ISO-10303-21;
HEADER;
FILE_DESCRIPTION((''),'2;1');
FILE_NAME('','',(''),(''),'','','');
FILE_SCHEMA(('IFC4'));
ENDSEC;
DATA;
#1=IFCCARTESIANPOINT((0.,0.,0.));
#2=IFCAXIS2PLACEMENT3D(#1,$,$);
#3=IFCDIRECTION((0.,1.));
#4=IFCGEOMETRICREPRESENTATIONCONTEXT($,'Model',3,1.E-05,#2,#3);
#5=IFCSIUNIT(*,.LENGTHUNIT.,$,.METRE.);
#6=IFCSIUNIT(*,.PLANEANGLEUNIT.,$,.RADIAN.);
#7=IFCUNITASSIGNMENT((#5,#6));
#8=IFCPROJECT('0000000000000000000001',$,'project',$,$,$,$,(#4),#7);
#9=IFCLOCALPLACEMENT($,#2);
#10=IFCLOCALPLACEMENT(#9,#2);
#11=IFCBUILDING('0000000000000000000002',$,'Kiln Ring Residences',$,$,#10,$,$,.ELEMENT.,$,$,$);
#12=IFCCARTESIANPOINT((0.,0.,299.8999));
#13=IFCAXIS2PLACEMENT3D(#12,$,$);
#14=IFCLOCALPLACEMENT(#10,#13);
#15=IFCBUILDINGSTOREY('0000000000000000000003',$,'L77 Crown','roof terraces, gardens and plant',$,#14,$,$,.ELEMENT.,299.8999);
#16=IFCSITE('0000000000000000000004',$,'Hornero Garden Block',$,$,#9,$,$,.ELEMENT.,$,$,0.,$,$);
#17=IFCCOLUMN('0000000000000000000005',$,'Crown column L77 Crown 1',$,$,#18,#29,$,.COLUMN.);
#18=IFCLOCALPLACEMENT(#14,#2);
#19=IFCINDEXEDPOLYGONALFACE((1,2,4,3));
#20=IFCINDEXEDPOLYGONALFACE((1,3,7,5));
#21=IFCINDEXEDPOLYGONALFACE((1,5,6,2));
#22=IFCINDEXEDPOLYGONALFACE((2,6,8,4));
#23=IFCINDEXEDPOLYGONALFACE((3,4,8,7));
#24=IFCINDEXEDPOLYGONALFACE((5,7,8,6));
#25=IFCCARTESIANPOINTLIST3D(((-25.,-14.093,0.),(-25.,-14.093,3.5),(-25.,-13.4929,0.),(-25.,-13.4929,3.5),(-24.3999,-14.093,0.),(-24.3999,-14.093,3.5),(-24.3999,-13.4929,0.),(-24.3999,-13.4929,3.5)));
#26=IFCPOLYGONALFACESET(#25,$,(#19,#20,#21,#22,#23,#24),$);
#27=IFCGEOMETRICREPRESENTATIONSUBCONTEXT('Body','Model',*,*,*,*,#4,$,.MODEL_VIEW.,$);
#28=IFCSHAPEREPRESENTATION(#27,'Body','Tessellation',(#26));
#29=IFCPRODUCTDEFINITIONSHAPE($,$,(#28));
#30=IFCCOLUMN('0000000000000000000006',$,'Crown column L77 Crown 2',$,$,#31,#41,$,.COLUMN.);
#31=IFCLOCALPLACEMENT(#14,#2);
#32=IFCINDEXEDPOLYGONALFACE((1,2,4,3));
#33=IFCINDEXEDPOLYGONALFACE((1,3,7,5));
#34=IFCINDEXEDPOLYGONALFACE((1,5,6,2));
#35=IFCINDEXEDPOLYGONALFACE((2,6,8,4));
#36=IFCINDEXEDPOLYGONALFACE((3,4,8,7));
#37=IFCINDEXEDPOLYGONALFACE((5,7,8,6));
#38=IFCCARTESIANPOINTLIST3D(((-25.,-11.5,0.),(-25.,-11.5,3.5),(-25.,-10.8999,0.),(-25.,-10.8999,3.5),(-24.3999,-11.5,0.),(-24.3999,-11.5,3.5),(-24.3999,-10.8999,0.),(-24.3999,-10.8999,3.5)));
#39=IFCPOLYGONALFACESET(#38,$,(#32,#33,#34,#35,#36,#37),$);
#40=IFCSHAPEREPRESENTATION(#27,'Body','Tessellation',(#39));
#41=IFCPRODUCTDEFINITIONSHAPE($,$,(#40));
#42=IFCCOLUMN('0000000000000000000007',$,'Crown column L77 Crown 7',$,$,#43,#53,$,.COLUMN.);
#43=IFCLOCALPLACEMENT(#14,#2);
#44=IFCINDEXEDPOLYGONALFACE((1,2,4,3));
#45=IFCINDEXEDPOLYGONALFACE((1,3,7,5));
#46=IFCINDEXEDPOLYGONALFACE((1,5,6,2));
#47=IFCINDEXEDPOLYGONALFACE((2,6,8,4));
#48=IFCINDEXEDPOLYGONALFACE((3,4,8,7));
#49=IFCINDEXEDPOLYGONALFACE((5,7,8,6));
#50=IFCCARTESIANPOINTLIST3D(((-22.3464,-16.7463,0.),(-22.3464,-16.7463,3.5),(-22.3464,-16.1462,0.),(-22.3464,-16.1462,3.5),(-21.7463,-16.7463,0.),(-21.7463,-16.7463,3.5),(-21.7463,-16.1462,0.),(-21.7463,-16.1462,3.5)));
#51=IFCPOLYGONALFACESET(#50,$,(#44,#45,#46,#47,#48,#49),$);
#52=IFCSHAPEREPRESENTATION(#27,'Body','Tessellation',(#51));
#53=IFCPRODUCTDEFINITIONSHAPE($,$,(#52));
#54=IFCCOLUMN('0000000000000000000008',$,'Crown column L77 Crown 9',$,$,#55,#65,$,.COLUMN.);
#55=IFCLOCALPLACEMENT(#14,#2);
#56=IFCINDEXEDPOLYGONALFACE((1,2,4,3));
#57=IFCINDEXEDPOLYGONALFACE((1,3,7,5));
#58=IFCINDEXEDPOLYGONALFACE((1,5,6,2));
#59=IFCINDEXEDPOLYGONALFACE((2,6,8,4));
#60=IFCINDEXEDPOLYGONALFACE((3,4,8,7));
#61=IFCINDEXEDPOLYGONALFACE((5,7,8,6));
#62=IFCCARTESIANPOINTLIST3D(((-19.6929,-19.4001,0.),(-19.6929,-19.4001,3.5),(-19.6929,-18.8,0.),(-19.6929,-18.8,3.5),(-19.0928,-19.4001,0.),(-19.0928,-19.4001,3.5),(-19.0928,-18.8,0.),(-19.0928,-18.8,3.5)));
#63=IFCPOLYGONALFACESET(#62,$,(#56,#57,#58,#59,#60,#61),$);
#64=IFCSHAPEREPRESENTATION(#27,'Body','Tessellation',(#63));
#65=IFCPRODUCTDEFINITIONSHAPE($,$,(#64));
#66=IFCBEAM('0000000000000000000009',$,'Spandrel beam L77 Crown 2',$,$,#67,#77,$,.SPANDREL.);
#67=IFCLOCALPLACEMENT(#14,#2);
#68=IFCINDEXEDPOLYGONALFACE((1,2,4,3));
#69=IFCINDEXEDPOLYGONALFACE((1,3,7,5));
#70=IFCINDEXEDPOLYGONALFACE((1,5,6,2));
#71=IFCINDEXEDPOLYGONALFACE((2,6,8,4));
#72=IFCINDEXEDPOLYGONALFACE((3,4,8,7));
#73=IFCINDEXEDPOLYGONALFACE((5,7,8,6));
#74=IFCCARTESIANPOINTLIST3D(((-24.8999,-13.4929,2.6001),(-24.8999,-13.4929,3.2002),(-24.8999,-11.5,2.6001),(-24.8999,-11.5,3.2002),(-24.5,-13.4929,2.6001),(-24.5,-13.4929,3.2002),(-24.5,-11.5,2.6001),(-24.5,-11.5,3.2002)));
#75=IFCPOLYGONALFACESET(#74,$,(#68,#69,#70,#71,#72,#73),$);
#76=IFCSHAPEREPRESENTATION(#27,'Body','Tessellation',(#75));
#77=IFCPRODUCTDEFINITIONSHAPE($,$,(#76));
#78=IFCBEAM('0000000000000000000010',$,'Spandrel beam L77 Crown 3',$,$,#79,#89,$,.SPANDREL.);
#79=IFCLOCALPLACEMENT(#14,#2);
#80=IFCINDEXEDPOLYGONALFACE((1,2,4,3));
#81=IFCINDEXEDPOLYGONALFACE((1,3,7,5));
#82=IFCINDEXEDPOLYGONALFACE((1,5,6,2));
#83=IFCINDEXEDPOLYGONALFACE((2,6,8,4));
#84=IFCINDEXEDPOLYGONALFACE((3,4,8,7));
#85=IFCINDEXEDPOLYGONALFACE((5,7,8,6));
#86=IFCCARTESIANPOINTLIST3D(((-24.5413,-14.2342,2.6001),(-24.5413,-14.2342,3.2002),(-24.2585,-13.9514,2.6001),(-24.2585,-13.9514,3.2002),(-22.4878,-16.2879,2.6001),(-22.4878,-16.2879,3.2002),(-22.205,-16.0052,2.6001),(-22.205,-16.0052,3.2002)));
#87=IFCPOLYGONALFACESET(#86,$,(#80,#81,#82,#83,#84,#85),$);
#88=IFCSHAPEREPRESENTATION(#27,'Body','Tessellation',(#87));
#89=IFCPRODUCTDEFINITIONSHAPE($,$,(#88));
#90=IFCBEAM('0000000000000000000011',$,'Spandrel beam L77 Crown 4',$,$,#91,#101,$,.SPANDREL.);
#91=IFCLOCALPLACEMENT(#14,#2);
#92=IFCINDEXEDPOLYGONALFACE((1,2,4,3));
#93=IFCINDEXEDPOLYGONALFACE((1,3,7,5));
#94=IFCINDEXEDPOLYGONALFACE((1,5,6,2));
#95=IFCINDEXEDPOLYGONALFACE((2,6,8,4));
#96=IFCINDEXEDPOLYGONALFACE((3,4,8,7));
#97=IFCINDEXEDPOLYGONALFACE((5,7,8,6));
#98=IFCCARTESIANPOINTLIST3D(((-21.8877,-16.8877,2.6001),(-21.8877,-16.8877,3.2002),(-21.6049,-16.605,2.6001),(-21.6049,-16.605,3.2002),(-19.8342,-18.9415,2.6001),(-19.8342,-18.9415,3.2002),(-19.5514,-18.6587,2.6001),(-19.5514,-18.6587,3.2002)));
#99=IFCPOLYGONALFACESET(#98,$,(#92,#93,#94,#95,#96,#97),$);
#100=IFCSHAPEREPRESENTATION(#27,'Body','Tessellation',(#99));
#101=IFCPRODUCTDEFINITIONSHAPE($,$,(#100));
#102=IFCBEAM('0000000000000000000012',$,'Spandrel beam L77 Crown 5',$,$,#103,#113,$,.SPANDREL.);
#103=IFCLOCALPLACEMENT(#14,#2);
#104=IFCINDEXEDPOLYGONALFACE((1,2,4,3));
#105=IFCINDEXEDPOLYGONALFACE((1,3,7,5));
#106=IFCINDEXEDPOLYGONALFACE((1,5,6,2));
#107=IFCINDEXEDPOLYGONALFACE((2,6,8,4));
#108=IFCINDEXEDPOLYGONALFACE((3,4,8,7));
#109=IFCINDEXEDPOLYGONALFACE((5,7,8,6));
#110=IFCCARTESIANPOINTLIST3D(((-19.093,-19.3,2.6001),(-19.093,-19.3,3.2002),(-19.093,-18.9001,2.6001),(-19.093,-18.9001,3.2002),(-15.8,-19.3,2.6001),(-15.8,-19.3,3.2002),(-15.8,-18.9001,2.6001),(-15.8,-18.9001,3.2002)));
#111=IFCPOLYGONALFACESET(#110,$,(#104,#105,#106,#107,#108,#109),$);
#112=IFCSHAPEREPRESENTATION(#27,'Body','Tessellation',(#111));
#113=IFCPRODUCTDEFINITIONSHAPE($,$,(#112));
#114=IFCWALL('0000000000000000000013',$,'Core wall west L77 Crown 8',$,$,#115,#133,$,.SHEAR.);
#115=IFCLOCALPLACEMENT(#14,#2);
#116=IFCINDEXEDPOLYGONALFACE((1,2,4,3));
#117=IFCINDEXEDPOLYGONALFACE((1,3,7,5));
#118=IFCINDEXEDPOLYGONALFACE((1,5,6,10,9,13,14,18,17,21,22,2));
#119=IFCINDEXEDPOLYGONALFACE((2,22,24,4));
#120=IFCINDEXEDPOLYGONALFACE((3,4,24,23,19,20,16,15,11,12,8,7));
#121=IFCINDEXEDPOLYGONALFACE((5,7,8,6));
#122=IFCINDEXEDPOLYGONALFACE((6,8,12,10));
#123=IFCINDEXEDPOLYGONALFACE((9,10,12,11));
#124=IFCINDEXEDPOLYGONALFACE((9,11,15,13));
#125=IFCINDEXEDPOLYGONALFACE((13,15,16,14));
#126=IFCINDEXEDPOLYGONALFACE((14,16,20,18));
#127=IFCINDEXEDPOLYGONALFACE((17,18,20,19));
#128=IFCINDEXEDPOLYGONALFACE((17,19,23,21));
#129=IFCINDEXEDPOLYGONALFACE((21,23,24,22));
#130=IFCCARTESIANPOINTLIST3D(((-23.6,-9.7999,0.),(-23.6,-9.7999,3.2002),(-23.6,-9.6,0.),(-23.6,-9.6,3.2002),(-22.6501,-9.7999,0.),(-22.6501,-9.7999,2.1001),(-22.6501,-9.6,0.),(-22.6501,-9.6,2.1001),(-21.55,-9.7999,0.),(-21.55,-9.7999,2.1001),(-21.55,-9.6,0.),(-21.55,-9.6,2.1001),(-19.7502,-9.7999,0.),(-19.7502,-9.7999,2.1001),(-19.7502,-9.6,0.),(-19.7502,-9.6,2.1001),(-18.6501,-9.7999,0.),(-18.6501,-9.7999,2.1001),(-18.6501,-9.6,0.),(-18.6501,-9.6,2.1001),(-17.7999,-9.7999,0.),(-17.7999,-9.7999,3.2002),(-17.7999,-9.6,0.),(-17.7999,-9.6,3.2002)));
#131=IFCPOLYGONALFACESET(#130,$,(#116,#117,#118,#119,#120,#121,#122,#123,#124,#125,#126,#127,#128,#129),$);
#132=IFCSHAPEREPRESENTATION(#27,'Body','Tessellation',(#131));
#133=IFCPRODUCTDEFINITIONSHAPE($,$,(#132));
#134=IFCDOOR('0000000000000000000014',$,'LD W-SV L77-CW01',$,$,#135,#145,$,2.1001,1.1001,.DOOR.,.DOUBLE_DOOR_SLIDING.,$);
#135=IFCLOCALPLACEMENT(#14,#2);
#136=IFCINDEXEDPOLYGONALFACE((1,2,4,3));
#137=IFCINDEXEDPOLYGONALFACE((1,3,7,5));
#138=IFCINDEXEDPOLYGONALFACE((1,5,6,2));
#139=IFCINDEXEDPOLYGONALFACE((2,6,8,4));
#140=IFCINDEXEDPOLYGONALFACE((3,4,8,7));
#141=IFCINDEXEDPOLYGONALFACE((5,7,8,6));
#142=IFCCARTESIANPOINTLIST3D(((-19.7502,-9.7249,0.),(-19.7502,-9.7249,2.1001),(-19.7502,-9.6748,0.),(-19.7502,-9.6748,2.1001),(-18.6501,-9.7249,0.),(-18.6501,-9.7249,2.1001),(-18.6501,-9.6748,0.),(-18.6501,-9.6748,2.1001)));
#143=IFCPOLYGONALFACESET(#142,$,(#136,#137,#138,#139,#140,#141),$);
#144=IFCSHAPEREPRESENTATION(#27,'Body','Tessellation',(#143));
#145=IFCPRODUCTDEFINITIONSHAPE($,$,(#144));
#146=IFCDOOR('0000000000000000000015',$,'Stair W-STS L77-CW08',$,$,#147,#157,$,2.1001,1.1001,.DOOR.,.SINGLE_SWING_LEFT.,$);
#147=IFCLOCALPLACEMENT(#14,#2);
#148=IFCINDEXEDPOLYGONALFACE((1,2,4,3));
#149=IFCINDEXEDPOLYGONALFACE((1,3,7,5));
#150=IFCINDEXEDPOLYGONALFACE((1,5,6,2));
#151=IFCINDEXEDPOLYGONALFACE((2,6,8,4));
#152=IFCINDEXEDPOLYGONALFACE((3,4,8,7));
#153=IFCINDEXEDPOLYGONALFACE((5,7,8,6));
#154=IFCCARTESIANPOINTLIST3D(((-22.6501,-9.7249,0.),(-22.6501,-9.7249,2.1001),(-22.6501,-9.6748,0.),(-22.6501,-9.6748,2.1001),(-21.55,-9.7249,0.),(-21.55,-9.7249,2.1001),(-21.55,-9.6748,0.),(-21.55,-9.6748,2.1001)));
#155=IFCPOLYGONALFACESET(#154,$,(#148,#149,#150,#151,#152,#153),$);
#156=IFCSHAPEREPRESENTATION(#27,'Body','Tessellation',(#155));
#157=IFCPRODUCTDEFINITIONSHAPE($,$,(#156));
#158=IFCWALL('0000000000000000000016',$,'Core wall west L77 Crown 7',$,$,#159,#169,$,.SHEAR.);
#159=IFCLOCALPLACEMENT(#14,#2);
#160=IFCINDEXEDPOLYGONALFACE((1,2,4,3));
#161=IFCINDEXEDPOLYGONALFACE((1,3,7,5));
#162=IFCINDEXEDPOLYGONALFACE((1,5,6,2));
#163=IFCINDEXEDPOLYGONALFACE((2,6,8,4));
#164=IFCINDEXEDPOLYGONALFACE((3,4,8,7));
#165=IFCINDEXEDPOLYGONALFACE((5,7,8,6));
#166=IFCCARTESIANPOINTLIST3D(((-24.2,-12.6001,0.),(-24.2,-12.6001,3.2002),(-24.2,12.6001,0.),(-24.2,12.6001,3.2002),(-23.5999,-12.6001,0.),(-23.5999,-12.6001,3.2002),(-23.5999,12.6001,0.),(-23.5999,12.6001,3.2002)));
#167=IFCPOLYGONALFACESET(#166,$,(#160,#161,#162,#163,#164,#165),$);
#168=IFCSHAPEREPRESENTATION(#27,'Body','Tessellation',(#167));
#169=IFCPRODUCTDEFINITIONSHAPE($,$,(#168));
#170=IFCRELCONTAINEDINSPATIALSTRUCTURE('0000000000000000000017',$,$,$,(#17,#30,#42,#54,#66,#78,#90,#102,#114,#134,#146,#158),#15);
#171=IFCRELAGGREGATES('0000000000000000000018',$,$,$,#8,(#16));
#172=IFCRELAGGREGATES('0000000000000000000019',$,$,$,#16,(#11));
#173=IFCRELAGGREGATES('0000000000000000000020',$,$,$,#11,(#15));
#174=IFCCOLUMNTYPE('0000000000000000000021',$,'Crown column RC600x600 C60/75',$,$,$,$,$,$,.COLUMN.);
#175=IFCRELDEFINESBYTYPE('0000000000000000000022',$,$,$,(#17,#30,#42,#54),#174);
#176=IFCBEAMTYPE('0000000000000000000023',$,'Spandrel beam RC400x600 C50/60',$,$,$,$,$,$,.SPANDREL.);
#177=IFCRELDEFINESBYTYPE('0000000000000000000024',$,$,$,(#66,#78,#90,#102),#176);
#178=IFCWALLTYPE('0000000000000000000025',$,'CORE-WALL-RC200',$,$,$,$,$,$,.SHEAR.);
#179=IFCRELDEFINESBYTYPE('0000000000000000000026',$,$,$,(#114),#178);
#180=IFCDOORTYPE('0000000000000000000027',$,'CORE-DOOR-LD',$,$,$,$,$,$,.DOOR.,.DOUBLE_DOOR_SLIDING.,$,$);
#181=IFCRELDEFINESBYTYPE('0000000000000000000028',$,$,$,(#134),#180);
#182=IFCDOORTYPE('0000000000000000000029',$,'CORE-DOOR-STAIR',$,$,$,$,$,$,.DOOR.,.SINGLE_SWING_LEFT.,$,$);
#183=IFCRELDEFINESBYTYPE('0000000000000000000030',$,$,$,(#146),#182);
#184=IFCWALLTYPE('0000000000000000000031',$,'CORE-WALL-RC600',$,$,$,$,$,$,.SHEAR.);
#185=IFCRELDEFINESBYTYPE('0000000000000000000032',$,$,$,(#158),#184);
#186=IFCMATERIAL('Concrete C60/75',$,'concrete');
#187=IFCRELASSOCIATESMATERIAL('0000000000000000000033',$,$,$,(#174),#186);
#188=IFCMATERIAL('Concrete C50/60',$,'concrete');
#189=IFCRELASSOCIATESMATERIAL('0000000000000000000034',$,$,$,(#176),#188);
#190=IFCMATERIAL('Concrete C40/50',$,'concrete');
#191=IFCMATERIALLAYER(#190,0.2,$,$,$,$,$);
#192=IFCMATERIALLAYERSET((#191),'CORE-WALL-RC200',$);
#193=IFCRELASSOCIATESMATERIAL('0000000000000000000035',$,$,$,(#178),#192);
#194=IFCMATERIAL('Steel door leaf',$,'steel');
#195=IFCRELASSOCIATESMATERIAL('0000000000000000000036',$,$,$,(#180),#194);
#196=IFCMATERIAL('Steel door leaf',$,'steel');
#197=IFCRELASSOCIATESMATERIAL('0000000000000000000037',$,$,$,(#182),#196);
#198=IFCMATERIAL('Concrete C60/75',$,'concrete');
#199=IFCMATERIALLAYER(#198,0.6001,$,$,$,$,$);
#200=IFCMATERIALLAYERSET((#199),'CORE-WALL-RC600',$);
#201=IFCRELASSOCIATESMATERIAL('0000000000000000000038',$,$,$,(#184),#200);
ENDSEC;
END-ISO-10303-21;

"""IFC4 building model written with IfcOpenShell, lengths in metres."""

from ifc_helpers import new_model, si_unit, direction, frame, frame_2d, origin, origin_2d, place, context, subcontext, project, spatial, rectangle, extrude, material, layer, layer_set, material_profile, profile_set, type_object, element, fill, save


model = new_model("IFC4")

# Units and contexts
model_context = context("Model", 3, precision=1e-05, world=origin(), true_north=direction((0.0, 1.0)))
body_context = subcontext(model_context, "Body", "Model", "MODEL_VIEW")
ifc_project = project(units=[si_unit("LENGTHUNIT", "METRE"), si_unit("PLANEANGLEUNIT", "RADIAN")], contexts=[model_context])

# Site, building, storey
site_placement = place(None, origin())
site = spatial("IfcSite", under=ifc_project, at=site_placement, Name="Hornero Garden Block", CompositionType="ELEMENT", RefElevation=0.0)
building_placement = place(site_placement, origin())
building = spatial("IfcBuilding", under=site, at=building_placement, Name="Kiln Ring Residences", CompositionType="ELEMENT")
storey_placement = place(building_placement, frame((0.0, 0.0, 299.8999)))
storey = spatial("IfcBuildingStorey", under=building, at=storey_placement, Name="L77 Crown", Description="roof terraces, gardens and plant", CompositionType="ELEMENT", Elevation=299.8999)

# Columns
ifc_material_1 = material(Name="Concrete C60/75", Category="concrete")
ifc_material_profile_1 = material_profile(ifc_material_1, rectangle(XDim=0.6001, YDim=0.6001, at=origin_2d()), Name="RC600x600")
ifc_profile_set_1 = profile_set([ifc_material_profile_1], Name="Concrete C60/75")
column_type = type_object("IfcColumnType", Name="Crown column RC600x600 C60/75", PredefinedType="COLUMN", material=ifc_profile_set_1)
for number, where, z_axis, x_axis, name in (
    (1, (-24.7, -13.793, 0.0), (0.0, 0.0, 1.0), (1.0, 0.0, 0.0), "Crown column L77 Crown 1"),
    (2, (-24.7, -11.2, 0.0), (0.0, 0.0, 1.0), (1.0, 0.0, 0.0), "Crown column L77 Crown 2"),
    (3, (-22.0464, -16.4463, 0.0), (0.0, 0.0, 1.0), (1.0, 0.0, 0.0), "Crown column L77 Crown 7"),
    (4, (-19.3928, -19.1001, 0.0), (0.0, 0.0, 1.0), (1.0, 0.0, 0.0), "Crown column L77 Crown 9"),
):
    element("IfcColumn", number, at=place(storey_placement, frame(where, z_axis=z_axis, x_axis=x_axis)), inside=storey, type_object=column_type, Name=name, PredefinedType="COLUMN", context=body_context, shape_type="SweptSolid", body=[
        extrude(rectangle(XDim=0.6001, YDim=0.6001, at=origin_2d()), origin(), (0.0, 0.0, 1.0), 3.5),
    ])

# Beams
ifc_material_2 = material(Name="Concrete C50/60", Category="concrete")
ifc_material_profile_2 = material_profile(ifc_material_2, rectangle(XDim=0.3999, YDim=0.6001, at=origin_2d()), Name="RC400x600")
ifc_profile_set_2 = profile_set([ifc_material_profile_2], Name="Concrete C50/60")
beam_type = type_object("IfcBeamType", Name="Spandrel beam RC400x600 C50/60", PredefinedType="SPANDREL", material=ifc_profile_set_2)
beam_1_placement = place(storey_placement, frame((-24.7, -11.5, 2.9001), z_axis=(0.0, -1.0, 0.0), x_axis=(1.0, 0.0, 0.0)))
element("IfcBeam", 5, at=beam_1_placement, inside=storey, type_object=beam_type, Name="Spandrel beam L77 Crown 2", PredefinedType="SPANDREL", context=body_context, shape_type="SweptSolid", body=[
    extrude(rectangle(XDim=0.3999, YDim=0.6001, at=origin_2d()), origin(), (0.0, 0.0, 1.0), 1.9929),
])
for number, where, z_axis, x_axis, name in (
    (6, (-24.3999, -14.0928, 2.9001), (0.707065, -0.707149, 0.0), (0.707149, 0.707065, 0.0), "Spandrel beam L77 Crown 3"),
    (7, (-21.7463, -16.7463, 2.9001), (0.707065, -0.707149, 0.0), (0.707149, 0.707065, 0.0), "Spandrel beam L77 Crown 4"),
):
    element("IfcBeam", number, at=place(storey_placement, frame(where, z_axis=z_axis, x_axis=x_axis)), inside=storey, type_object=beam_type, Name=name, PredefinedType="SPANDREL", context=body_context, shape_type="SweptSolid", body=[
        extrude(rectangle(XDim=0.3999, YDim=0.6001, at=origin_2d()), origin(), (0.0, 0.0, 1.0), 2.9043),
    ])
beam_2_placement = place(storey_placement, frame((-19.093, -19.1001, 2.9001), z_axis=(1.0, 0.0, 0.0), x_axis=(0.0, 1.0, 0.0)))
element("IfcBeam", 8, at=beam_2_placement, inside=storey, type_object=beam_type, Name="Spandrel beam L77 Crown 5", PredefinedType="SPANDREL", context=body_context, shape_type="SweptSolid", body=[
    extrude(rectangle(XDim=0.3999, YDim=0.6001, at=origin_2d()), origin(), (0.0, 0.0, 1.0), 3.293),
])

# Wall, openings, doors
ifc_material_3 = material(Name="Concrete C40/50", Category="concrete")
ifc_layer_1 = layer(ifc_material_3, 0.2)
ifc_layer_set_1 = layer_set([ifc_layer_1], Name="CORE-WALL-RC200")
wall_type_1 = type_object("IfcWallType", Name="CORE-WALL-RC200", PredefinedType="SHEAR", material=ifc_layer_set_1)
wall_1_placement = place(storey_placement, frame((-17.8, -9.7, 0.0), z_axis=(0.0, 0.0, 1.0), x_axis=(-1.0, 0.0, 0.0)))
wall_1 = element("IfcWall", 9, at=wall_1_placement, inside=storey, type_object=wall_type_1, Name="Core wall west L77 Crown 8", PredefinedType="SHEAR", context=body_context, shape_type="SweptSolid", body=[
    extrude(rectangle(XDim=5.8, YDim=0.2, at=frame_2d((2.8999, 0.0))), origin(), (0.0, 0.0, 1.0), 3.2002),
])
opening_1_placement = place(wall_1_placement, frame((0.8501, 0.0, 0.0)))
opening_1 = element("IfcOpeningElement", 10, at=opening_1_placement, cuts=wall_1, PredefinedType="OPENING", context=body_context, shape_type="SweptSolid", body=[
    extrude(rectangle(XDim=1.1001, YDim=2.1001, at=frame_2d((0.55, 1.05))), frame((0.0, 0.1099, 0.0), z_axis=(0.0, -1.0, 0.0), x_axis=(1.0, 0.0, 0.0)), (0.0, 0.0, 1.0), 0.22),
])
opening_2_placement = place(wall_1_placement, frame((3.75, 0.0, 0.0)))
opening_2 = element("IfcOpeningElement", 11, at=opening_2_placement, cuts=wall_1, PredefinedType="OPENING", context=body_context, shape_type="SweptSolid", body=[
    extrude(rectangle(XDim=1.1001, YDim=2.1001, at=frame_2d((0.55, 1.05))), frame((0.0, 0.1099, 0.0), z_axis=(0.0, -1.0, 0.0), x_axis=(1.0, 0.0, 0.0)), (0.0, 0.0, 1.0), 0.22),
])
ifc_material_4 = material(Name="Steel door leaf", Category="steel")
door_type_1 = type_object("IfcDoorType", Name="CORE-DOOR-LD", OperationType="DOUBLE_DOOR_SLIDING", PredefinedType="DOOR", material=ifc_material_4)
door_1_placement = place(opening_1_placement, origin())
door_1 = element("IfcDoor", 12, at=door_1_placement, inside=storey, type_object=door_type_1, Name="LD W-SV L77-CW01", OperationType="DOUBLE_DOOR_SLIDING", OverallHeight=2.1001, OverallWidth=1.1001, PredefinedType="DOOR", context=body_context, shape_type="SweptSolid", body=[
    extrude(rectangle(XDim=1.1001, YDim=2.1001, at=frame_2d((0.55, 1.05))), frame((0.0, 0.0249, 0.0), z_axis=(0.0, -1.0, 0.0), x_axis=(1.0, 0.0, 0.0)), (0.0, 0.0, 1.0), 0.05),
])
fill(opening_1, door_1)
ifc_material_5 = material(Name="Steel door leaf", Category="steel")
door_type_2 = type_object("IfcDoorType", Name="CORE-DOOR-STAIR", OperationType="SINGLE_SWING_LEFT", PredefinedType="DOOR", material=ifc_material_5)
door_2_placement = place(opening_2_placement, origin())
door_2 = element("IfcDoor", 13, at=door_2_placement, inside=storey, type_object=door_type_2, Name="Stair W-STS L77-CW08", OperationType="SINGLE_SWING_LEFT", OverallHeight=2.1001, OverallWidth=1.1001, PredefinedType="DOOR", context=body_context, shape_type="SweptSolid", body=[
    extrude(rectangle(XDim=1.1001, YDim=2.1001, at=frame_2d((0.55, 1.05))), frame((0.0, 0.0249, 0.0), z_axis=(0.0, -1.0, 0.0), x_axis=(1.0, 0.0, 0.0)), (0.0, 0.0, 1.0), 0.05),
])
fill(opening_2, door_2)

# Wall
ifc_material_6 = material(Name="Concrete C60/75", Category="concrete")
ifc_layer_2 = layer(ifc_material_6, 0.6001)
ifc_layer_set_2 = layer_set([ifc_layer_2], Name="CORE-WALL-RC600")
wall_type_2 = type_object("IfcWallType", Name="CORE-WALL-RC600", PredefinedType="SHEAR", material=ifc_layer_set_2)
wall_2_placement = place(storey_placement, frame((-23.8999, -12.6001, 0.0), z_axis=(0.0, 0.0, 1.0), x_axis=(0.0, 1.0, 0.0)))
element("IfcWall", 14, at=wall_2_placement, inside=storey, type_object=wall_type_2, Name="Core wall west L77 Crown 7", PredefinedType="SHEAR", context=body_context, shape_type="SweptSolid", body=[
    extrude(rectangle(XDim=25.2002, YDim=0.6001, at=frame_2d((12.6001, 0.0))), origin(), (0.0, 0.0, 1.0), 3.2002),
])

save(model, "model.ifc")
